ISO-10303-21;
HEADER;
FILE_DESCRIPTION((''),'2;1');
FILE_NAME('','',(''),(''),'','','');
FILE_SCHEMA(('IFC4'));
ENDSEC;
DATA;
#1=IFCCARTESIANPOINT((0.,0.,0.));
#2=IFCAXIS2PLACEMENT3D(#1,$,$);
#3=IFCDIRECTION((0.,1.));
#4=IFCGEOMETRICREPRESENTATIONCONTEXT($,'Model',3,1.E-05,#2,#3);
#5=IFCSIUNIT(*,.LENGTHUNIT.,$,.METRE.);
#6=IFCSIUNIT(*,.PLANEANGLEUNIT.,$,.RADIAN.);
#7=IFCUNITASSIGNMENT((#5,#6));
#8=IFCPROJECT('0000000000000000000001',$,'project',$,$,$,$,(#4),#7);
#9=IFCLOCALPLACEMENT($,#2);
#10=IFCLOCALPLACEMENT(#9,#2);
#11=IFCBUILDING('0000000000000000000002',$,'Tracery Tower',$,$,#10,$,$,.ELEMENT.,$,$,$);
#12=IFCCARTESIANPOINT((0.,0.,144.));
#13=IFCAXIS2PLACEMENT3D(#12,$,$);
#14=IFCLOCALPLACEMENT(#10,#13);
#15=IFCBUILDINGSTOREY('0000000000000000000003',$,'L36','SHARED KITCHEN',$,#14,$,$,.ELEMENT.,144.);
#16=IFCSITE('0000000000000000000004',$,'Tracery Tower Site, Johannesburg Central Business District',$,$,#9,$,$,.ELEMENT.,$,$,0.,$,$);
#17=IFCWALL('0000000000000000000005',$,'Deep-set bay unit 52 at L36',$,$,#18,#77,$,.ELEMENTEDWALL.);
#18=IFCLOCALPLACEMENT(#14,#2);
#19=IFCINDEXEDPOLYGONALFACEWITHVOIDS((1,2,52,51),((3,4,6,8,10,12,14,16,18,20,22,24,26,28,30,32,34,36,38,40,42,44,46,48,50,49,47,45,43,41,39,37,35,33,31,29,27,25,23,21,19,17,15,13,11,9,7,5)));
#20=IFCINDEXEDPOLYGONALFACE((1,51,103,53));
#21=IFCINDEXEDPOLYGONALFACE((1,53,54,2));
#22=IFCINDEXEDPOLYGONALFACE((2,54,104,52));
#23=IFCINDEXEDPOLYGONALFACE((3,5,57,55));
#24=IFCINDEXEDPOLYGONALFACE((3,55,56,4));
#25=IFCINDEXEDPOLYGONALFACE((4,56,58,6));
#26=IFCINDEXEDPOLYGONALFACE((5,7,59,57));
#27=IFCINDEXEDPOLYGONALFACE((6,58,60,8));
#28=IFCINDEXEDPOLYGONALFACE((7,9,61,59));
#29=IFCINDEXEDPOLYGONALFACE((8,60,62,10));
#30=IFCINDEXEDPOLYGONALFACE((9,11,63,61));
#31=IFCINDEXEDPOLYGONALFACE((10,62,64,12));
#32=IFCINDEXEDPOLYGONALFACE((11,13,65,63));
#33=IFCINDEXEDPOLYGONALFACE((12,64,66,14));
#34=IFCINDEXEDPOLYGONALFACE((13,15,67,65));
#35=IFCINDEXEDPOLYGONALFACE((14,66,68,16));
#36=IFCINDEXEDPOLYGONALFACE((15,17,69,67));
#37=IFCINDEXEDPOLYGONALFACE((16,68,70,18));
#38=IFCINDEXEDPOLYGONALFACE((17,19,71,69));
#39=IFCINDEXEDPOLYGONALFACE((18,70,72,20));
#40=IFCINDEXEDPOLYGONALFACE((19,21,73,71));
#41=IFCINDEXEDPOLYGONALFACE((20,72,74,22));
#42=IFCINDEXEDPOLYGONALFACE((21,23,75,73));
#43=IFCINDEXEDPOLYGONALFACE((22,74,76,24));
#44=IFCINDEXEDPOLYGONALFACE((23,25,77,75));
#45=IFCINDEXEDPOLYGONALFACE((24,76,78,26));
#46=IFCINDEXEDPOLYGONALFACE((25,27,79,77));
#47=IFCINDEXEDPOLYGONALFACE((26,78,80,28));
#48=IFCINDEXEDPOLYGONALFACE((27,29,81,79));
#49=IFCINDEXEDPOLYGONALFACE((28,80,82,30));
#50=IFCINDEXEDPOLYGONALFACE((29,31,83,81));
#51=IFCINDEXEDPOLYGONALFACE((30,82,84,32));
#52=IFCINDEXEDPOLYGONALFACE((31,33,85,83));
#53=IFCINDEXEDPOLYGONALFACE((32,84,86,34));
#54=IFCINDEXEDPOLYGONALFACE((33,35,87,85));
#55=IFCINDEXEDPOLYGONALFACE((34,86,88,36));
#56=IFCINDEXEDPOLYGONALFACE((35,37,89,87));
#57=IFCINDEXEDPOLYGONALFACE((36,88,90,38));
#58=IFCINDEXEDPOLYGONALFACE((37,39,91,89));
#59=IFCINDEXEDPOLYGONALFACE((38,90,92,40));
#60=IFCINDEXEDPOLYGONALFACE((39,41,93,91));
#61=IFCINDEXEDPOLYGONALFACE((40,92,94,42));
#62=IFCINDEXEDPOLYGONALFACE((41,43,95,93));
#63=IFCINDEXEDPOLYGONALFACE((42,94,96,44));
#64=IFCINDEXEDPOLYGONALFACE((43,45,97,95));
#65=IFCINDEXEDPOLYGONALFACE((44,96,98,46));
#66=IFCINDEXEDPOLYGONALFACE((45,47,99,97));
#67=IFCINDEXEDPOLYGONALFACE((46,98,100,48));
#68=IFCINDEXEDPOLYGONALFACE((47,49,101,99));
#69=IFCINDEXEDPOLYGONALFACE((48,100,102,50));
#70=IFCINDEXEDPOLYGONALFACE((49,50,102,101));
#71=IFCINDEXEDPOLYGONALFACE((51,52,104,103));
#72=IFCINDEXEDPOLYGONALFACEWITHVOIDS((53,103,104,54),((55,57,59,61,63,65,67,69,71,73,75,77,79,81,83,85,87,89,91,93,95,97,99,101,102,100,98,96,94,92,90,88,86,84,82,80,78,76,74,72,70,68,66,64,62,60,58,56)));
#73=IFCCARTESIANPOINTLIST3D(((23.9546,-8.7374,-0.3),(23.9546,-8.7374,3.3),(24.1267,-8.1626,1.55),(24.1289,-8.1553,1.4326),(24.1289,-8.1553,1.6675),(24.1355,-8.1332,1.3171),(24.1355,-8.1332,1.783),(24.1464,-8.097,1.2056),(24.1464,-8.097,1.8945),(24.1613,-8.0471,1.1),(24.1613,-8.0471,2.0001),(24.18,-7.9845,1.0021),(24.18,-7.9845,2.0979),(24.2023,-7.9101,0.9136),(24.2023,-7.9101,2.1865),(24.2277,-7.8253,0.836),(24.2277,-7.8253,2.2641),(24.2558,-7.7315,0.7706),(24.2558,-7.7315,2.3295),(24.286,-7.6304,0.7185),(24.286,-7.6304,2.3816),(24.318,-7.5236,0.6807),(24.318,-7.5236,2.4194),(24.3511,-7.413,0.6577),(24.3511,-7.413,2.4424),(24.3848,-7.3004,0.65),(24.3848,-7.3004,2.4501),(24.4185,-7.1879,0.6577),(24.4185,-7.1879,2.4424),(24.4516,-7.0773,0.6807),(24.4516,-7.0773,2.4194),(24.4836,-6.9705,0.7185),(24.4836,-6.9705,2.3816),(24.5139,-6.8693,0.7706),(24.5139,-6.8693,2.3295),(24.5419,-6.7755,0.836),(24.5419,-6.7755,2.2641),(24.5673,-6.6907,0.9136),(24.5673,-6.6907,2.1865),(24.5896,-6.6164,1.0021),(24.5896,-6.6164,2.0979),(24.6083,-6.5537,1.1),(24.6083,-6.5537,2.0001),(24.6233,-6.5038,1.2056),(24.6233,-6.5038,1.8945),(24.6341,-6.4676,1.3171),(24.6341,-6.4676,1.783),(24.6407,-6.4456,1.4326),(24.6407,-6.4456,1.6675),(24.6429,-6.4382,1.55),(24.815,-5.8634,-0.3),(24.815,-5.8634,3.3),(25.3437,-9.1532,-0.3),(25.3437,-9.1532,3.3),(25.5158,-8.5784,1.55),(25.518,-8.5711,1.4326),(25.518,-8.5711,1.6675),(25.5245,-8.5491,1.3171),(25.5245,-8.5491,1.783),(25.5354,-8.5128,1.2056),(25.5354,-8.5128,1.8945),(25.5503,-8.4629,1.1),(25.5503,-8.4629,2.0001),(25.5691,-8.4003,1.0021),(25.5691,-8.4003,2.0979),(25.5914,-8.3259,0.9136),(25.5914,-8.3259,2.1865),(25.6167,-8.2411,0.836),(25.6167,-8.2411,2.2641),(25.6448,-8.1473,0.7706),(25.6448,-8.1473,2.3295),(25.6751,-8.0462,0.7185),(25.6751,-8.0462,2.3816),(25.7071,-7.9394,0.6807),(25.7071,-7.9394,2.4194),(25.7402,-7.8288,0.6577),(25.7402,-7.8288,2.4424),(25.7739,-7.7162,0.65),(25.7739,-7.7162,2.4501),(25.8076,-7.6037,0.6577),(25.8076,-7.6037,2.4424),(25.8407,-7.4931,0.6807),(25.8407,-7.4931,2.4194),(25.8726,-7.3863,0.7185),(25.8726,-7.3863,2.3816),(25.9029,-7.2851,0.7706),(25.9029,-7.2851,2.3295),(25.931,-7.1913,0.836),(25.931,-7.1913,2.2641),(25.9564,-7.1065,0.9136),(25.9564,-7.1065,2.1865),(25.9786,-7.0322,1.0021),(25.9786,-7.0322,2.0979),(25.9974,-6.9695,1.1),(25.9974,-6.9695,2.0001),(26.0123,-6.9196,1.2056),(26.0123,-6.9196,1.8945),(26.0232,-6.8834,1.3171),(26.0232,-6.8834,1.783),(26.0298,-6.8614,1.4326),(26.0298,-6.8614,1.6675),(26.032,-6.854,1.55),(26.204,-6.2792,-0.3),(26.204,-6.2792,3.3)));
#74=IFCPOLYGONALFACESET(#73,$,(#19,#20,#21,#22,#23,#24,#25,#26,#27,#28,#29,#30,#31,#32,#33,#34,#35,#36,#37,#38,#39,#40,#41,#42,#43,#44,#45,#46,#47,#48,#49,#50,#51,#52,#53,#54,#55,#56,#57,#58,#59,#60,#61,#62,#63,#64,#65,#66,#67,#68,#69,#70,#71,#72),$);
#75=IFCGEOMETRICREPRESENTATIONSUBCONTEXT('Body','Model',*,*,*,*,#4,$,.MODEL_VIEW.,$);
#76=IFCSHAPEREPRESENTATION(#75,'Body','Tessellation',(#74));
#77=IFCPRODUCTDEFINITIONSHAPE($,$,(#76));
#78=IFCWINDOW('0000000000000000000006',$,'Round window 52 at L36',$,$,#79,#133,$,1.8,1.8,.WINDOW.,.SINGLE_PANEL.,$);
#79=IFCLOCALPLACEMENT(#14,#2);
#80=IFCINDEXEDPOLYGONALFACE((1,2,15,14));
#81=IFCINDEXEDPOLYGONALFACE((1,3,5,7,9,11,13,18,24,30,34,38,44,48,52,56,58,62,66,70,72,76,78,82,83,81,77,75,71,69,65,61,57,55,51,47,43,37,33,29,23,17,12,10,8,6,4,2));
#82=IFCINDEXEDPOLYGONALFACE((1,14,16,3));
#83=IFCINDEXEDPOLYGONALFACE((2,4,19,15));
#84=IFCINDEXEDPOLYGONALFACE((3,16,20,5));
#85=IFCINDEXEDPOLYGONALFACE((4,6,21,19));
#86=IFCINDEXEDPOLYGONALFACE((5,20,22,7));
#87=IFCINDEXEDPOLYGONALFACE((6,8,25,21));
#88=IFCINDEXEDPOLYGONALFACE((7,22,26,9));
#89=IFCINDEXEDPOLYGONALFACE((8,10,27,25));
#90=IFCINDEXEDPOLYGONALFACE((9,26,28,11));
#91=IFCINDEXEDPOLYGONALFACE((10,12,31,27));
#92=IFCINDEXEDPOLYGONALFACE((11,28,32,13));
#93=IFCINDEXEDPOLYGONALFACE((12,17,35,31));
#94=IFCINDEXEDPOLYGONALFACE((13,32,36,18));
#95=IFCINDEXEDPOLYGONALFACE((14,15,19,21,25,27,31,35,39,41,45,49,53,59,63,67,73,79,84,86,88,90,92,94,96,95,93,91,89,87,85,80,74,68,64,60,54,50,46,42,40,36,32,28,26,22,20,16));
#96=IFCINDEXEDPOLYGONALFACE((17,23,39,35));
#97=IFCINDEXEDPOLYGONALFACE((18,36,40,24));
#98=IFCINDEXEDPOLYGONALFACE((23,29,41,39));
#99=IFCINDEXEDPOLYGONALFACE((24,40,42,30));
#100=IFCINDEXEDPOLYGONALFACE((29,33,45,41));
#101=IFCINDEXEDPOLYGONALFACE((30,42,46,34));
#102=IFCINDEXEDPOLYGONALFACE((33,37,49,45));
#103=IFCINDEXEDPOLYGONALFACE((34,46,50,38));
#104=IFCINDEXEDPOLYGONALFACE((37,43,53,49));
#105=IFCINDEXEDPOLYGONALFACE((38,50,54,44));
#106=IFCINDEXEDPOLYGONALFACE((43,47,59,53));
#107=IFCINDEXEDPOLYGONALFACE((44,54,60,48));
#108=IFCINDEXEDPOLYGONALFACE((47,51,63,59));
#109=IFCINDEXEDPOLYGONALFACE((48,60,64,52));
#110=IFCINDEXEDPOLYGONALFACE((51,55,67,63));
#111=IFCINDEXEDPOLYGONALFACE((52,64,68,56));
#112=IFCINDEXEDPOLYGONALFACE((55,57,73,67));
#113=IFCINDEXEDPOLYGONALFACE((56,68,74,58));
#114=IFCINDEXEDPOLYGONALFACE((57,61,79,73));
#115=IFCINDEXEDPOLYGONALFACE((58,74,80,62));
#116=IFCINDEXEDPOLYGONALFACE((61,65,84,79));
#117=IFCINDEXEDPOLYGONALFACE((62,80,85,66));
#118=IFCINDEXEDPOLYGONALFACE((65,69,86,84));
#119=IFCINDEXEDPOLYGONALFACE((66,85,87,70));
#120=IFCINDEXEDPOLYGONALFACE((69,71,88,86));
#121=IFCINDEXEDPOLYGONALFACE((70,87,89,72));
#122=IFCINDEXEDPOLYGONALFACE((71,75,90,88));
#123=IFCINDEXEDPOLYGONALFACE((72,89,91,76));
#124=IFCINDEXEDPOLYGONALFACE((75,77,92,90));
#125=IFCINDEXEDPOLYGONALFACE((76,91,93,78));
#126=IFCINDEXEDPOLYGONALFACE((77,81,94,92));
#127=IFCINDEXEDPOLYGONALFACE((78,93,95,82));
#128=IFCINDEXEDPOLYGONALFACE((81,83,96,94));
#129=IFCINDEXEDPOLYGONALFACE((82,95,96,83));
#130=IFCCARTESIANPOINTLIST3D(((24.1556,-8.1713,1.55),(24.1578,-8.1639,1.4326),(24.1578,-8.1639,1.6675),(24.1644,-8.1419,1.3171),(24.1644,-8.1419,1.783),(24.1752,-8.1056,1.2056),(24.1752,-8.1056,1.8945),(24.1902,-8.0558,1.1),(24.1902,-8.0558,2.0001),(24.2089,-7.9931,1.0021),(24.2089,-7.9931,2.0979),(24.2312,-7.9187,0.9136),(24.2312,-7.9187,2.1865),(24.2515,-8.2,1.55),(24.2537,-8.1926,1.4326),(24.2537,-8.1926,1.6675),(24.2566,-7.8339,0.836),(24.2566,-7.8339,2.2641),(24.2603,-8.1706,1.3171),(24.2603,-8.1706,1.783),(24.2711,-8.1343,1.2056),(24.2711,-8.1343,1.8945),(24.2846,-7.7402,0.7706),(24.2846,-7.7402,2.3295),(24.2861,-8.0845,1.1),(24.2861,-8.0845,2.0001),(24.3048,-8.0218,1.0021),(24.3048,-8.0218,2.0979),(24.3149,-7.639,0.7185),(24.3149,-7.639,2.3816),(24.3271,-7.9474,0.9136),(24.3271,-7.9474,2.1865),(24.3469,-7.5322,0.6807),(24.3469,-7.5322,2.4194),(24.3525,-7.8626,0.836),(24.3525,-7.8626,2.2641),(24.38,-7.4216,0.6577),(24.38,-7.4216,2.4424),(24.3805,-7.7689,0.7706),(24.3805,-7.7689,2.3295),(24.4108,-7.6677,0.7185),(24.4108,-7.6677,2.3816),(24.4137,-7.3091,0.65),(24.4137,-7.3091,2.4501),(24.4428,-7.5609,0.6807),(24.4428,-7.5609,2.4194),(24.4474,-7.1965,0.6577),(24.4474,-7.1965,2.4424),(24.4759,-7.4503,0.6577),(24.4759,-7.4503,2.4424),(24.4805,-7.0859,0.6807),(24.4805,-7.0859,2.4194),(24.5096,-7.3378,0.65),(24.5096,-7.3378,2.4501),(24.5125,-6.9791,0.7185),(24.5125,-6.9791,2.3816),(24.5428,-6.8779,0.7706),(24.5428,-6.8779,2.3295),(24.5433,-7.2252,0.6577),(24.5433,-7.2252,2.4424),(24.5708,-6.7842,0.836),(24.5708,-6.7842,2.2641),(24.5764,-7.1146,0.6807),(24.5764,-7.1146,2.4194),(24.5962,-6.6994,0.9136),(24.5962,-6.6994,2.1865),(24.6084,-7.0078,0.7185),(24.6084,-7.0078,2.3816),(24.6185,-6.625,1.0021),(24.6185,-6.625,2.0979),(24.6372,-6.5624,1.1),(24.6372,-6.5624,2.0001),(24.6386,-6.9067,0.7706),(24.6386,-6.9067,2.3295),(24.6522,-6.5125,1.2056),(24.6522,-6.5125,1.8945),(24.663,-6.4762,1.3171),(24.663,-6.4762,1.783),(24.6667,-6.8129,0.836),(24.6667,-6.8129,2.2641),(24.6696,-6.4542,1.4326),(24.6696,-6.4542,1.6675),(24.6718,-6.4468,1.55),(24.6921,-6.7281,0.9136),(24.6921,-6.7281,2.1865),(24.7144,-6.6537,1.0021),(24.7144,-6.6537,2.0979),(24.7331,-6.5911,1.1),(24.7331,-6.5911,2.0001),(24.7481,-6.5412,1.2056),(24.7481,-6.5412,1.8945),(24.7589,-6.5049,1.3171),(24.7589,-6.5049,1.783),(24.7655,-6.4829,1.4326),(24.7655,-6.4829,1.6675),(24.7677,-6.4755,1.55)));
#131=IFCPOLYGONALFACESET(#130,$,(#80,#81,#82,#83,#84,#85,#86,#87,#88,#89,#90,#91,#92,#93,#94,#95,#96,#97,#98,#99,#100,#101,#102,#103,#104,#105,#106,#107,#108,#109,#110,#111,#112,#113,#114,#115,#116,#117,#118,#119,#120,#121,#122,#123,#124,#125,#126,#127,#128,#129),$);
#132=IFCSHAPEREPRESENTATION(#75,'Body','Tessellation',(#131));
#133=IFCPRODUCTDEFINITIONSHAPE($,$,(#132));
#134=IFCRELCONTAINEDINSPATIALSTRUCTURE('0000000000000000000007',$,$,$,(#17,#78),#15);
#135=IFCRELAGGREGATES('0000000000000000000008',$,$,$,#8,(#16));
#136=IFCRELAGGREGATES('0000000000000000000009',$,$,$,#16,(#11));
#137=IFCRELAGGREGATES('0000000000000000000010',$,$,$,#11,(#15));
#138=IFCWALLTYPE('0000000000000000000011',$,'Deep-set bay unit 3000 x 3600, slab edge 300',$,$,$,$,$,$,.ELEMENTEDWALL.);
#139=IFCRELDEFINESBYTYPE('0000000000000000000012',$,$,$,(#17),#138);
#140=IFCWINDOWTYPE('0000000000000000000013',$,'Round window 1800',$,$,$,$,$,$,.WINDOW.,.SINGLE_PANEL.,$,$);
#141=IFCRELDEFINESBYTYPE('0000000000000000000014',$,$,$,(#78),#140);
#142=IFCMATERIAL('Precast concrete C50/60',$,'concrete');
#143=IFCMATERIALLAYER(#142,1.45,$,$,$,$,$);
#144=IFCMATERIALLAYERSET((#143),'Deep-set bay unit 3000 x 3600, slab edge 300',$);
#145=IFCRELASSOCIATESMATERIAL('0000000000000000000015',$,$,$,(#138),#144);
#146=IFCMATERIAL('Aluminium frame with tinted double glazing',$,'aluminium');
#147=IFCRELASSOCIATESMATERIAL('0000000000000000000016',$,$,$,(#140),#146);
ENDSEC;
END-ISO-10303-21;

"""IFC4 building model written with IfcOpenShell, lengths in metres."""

from ifc_helpers import new_model, si_unit, direction, frame, frame_2d, origin, origin_2d, place, context, subcontext, project, spatial, rectangle, circle, extrude, material, layer, layer_set, type_object, element, fill, save


model = new_model("IFC4")

# Units and contexts
model_context = context("Model", 3, precision=1e-05, world=origin(), true_north=direction((0.0, 1.0)))
body_context = subcontext(model_context, "Body", "Model", "MODEL_VIEW")
ifc_project = project(units=[si_unit("LENGTHUNIT", "METRE"), si_unit("PLANEANGLEUNIT", "RADIAN")], contexts=[model_context])

# Site, building, storey
site_placement = place(None, origin())
site = spatial("IfcSite", under=ifc_project, at=site_placement, Name="Tracery Tower Site, Johannesburg Central Business District", CompositionType="ELEMENT", RefElevation=0.0)
building_placement = place(site_placement, origin())
building = spatial("IfcBuilding", under=site, at=building_placement, Name="Tracery Tower", CompositionType="ELEMENT")
storey_placement = place(building_placement, frame((0.0, 0.0, 144.0)))
storey = spatial("IfcBuildingStorey", under=building, at=storey_placement, Name="L36", Description="SHARED KITCHEN", CompositionType="ELEMENT", Elevation=144.0)

# Wall, opening, window
ifc_material_1 = material(Name="Precast concrete C50/60", Category="concrete")
ifc_layer_1 = layer(ifc_material_1, 1.45)
ifc_layer_set_1 = layer_set([ifc_layer_1], Name="Deep-set bay unit 3000 x 3600, slab edge 300")
wall_type_1 = type_object("IfcWallType", Name="Deep-set bay unit 3000 x 3600, slab edge 300", PredefinedType="ELEMENTEDWALL", material=ifc_layer_set_1)
wall_1_placement = place(storey_placement, frame((24.6492, -8.9453, -0.3), z_axis=(0.0, 0.0, 1.0), x_axis=(0.28678, 0.957996, 0.0)))
wall_1 = element("IfcWall", 1, at=wall_1_placement, inside=storey, type_object=wall_type_1, Name="Deep-set bay unit 52 at L36", PredefinedType="ELEMENTEDWALL", context=body_context, shape_type="SweptSolid", body=[
    extrude(rectangle(XDim=3.0, YDim=1.45, at=frame_2d((1.5, 0.0))), origin(), (0.0, 0.0, 1.0), 3.6001),
])
opening_1_placement = place(wall_1_placement, frame((1.5, 0.0, 1.8501)))
opening_1 = element("IfcOpeningElement", 2, at=opening_1_placement, cuts=wall_1, PredefinedType="OPENING", context=body_context, shape_type="SweptSolid", body=[
    extrude(circle(Radius=0.9, at=origin_2d()), frame((0.0, 0.7349, 0.0), z_axis=(0.0, -1.0, 0.0), x_axis=(1.0, 0.0, 0.0)), (0.0, 0.0, 1.0), 1.47),
])
ifc_material_2 = material(Name="Aluminium frame with tinted double glazing", Category="aluminium")
window_type = type_object("IfcWindowType", Name="Round window 1800", PartitioningType="SINGLE_PANEL", PredefinedType="WINDOW", material=ifc_material_2)
window_1_placement = place(opening_1_placement, origin())
window_1 = element("IfcWindow", 3, at=window_1_placement, inside=storey, type_object=window_type, Name="Round window 52 at L36", OverallHeight=1.8, OverallWidth=1.8, PartitioningType="SINGLE_PANEL", PredefinedType="WINDOW", context=body_context, shape_type="SweptSolid", body=[
    extrude(circle(Radius=0.9, at=origin_2d()), frame((0.0, 0.6948, 0.0), z_axis=(0.0, -1.0, 0.0), x_axis=(1.0, 0.0, 0.0)), (0.0, 0.0, 1.0), 0.1001),
])
fill(opening_1, window_1)

save(model, "model.ifc")
